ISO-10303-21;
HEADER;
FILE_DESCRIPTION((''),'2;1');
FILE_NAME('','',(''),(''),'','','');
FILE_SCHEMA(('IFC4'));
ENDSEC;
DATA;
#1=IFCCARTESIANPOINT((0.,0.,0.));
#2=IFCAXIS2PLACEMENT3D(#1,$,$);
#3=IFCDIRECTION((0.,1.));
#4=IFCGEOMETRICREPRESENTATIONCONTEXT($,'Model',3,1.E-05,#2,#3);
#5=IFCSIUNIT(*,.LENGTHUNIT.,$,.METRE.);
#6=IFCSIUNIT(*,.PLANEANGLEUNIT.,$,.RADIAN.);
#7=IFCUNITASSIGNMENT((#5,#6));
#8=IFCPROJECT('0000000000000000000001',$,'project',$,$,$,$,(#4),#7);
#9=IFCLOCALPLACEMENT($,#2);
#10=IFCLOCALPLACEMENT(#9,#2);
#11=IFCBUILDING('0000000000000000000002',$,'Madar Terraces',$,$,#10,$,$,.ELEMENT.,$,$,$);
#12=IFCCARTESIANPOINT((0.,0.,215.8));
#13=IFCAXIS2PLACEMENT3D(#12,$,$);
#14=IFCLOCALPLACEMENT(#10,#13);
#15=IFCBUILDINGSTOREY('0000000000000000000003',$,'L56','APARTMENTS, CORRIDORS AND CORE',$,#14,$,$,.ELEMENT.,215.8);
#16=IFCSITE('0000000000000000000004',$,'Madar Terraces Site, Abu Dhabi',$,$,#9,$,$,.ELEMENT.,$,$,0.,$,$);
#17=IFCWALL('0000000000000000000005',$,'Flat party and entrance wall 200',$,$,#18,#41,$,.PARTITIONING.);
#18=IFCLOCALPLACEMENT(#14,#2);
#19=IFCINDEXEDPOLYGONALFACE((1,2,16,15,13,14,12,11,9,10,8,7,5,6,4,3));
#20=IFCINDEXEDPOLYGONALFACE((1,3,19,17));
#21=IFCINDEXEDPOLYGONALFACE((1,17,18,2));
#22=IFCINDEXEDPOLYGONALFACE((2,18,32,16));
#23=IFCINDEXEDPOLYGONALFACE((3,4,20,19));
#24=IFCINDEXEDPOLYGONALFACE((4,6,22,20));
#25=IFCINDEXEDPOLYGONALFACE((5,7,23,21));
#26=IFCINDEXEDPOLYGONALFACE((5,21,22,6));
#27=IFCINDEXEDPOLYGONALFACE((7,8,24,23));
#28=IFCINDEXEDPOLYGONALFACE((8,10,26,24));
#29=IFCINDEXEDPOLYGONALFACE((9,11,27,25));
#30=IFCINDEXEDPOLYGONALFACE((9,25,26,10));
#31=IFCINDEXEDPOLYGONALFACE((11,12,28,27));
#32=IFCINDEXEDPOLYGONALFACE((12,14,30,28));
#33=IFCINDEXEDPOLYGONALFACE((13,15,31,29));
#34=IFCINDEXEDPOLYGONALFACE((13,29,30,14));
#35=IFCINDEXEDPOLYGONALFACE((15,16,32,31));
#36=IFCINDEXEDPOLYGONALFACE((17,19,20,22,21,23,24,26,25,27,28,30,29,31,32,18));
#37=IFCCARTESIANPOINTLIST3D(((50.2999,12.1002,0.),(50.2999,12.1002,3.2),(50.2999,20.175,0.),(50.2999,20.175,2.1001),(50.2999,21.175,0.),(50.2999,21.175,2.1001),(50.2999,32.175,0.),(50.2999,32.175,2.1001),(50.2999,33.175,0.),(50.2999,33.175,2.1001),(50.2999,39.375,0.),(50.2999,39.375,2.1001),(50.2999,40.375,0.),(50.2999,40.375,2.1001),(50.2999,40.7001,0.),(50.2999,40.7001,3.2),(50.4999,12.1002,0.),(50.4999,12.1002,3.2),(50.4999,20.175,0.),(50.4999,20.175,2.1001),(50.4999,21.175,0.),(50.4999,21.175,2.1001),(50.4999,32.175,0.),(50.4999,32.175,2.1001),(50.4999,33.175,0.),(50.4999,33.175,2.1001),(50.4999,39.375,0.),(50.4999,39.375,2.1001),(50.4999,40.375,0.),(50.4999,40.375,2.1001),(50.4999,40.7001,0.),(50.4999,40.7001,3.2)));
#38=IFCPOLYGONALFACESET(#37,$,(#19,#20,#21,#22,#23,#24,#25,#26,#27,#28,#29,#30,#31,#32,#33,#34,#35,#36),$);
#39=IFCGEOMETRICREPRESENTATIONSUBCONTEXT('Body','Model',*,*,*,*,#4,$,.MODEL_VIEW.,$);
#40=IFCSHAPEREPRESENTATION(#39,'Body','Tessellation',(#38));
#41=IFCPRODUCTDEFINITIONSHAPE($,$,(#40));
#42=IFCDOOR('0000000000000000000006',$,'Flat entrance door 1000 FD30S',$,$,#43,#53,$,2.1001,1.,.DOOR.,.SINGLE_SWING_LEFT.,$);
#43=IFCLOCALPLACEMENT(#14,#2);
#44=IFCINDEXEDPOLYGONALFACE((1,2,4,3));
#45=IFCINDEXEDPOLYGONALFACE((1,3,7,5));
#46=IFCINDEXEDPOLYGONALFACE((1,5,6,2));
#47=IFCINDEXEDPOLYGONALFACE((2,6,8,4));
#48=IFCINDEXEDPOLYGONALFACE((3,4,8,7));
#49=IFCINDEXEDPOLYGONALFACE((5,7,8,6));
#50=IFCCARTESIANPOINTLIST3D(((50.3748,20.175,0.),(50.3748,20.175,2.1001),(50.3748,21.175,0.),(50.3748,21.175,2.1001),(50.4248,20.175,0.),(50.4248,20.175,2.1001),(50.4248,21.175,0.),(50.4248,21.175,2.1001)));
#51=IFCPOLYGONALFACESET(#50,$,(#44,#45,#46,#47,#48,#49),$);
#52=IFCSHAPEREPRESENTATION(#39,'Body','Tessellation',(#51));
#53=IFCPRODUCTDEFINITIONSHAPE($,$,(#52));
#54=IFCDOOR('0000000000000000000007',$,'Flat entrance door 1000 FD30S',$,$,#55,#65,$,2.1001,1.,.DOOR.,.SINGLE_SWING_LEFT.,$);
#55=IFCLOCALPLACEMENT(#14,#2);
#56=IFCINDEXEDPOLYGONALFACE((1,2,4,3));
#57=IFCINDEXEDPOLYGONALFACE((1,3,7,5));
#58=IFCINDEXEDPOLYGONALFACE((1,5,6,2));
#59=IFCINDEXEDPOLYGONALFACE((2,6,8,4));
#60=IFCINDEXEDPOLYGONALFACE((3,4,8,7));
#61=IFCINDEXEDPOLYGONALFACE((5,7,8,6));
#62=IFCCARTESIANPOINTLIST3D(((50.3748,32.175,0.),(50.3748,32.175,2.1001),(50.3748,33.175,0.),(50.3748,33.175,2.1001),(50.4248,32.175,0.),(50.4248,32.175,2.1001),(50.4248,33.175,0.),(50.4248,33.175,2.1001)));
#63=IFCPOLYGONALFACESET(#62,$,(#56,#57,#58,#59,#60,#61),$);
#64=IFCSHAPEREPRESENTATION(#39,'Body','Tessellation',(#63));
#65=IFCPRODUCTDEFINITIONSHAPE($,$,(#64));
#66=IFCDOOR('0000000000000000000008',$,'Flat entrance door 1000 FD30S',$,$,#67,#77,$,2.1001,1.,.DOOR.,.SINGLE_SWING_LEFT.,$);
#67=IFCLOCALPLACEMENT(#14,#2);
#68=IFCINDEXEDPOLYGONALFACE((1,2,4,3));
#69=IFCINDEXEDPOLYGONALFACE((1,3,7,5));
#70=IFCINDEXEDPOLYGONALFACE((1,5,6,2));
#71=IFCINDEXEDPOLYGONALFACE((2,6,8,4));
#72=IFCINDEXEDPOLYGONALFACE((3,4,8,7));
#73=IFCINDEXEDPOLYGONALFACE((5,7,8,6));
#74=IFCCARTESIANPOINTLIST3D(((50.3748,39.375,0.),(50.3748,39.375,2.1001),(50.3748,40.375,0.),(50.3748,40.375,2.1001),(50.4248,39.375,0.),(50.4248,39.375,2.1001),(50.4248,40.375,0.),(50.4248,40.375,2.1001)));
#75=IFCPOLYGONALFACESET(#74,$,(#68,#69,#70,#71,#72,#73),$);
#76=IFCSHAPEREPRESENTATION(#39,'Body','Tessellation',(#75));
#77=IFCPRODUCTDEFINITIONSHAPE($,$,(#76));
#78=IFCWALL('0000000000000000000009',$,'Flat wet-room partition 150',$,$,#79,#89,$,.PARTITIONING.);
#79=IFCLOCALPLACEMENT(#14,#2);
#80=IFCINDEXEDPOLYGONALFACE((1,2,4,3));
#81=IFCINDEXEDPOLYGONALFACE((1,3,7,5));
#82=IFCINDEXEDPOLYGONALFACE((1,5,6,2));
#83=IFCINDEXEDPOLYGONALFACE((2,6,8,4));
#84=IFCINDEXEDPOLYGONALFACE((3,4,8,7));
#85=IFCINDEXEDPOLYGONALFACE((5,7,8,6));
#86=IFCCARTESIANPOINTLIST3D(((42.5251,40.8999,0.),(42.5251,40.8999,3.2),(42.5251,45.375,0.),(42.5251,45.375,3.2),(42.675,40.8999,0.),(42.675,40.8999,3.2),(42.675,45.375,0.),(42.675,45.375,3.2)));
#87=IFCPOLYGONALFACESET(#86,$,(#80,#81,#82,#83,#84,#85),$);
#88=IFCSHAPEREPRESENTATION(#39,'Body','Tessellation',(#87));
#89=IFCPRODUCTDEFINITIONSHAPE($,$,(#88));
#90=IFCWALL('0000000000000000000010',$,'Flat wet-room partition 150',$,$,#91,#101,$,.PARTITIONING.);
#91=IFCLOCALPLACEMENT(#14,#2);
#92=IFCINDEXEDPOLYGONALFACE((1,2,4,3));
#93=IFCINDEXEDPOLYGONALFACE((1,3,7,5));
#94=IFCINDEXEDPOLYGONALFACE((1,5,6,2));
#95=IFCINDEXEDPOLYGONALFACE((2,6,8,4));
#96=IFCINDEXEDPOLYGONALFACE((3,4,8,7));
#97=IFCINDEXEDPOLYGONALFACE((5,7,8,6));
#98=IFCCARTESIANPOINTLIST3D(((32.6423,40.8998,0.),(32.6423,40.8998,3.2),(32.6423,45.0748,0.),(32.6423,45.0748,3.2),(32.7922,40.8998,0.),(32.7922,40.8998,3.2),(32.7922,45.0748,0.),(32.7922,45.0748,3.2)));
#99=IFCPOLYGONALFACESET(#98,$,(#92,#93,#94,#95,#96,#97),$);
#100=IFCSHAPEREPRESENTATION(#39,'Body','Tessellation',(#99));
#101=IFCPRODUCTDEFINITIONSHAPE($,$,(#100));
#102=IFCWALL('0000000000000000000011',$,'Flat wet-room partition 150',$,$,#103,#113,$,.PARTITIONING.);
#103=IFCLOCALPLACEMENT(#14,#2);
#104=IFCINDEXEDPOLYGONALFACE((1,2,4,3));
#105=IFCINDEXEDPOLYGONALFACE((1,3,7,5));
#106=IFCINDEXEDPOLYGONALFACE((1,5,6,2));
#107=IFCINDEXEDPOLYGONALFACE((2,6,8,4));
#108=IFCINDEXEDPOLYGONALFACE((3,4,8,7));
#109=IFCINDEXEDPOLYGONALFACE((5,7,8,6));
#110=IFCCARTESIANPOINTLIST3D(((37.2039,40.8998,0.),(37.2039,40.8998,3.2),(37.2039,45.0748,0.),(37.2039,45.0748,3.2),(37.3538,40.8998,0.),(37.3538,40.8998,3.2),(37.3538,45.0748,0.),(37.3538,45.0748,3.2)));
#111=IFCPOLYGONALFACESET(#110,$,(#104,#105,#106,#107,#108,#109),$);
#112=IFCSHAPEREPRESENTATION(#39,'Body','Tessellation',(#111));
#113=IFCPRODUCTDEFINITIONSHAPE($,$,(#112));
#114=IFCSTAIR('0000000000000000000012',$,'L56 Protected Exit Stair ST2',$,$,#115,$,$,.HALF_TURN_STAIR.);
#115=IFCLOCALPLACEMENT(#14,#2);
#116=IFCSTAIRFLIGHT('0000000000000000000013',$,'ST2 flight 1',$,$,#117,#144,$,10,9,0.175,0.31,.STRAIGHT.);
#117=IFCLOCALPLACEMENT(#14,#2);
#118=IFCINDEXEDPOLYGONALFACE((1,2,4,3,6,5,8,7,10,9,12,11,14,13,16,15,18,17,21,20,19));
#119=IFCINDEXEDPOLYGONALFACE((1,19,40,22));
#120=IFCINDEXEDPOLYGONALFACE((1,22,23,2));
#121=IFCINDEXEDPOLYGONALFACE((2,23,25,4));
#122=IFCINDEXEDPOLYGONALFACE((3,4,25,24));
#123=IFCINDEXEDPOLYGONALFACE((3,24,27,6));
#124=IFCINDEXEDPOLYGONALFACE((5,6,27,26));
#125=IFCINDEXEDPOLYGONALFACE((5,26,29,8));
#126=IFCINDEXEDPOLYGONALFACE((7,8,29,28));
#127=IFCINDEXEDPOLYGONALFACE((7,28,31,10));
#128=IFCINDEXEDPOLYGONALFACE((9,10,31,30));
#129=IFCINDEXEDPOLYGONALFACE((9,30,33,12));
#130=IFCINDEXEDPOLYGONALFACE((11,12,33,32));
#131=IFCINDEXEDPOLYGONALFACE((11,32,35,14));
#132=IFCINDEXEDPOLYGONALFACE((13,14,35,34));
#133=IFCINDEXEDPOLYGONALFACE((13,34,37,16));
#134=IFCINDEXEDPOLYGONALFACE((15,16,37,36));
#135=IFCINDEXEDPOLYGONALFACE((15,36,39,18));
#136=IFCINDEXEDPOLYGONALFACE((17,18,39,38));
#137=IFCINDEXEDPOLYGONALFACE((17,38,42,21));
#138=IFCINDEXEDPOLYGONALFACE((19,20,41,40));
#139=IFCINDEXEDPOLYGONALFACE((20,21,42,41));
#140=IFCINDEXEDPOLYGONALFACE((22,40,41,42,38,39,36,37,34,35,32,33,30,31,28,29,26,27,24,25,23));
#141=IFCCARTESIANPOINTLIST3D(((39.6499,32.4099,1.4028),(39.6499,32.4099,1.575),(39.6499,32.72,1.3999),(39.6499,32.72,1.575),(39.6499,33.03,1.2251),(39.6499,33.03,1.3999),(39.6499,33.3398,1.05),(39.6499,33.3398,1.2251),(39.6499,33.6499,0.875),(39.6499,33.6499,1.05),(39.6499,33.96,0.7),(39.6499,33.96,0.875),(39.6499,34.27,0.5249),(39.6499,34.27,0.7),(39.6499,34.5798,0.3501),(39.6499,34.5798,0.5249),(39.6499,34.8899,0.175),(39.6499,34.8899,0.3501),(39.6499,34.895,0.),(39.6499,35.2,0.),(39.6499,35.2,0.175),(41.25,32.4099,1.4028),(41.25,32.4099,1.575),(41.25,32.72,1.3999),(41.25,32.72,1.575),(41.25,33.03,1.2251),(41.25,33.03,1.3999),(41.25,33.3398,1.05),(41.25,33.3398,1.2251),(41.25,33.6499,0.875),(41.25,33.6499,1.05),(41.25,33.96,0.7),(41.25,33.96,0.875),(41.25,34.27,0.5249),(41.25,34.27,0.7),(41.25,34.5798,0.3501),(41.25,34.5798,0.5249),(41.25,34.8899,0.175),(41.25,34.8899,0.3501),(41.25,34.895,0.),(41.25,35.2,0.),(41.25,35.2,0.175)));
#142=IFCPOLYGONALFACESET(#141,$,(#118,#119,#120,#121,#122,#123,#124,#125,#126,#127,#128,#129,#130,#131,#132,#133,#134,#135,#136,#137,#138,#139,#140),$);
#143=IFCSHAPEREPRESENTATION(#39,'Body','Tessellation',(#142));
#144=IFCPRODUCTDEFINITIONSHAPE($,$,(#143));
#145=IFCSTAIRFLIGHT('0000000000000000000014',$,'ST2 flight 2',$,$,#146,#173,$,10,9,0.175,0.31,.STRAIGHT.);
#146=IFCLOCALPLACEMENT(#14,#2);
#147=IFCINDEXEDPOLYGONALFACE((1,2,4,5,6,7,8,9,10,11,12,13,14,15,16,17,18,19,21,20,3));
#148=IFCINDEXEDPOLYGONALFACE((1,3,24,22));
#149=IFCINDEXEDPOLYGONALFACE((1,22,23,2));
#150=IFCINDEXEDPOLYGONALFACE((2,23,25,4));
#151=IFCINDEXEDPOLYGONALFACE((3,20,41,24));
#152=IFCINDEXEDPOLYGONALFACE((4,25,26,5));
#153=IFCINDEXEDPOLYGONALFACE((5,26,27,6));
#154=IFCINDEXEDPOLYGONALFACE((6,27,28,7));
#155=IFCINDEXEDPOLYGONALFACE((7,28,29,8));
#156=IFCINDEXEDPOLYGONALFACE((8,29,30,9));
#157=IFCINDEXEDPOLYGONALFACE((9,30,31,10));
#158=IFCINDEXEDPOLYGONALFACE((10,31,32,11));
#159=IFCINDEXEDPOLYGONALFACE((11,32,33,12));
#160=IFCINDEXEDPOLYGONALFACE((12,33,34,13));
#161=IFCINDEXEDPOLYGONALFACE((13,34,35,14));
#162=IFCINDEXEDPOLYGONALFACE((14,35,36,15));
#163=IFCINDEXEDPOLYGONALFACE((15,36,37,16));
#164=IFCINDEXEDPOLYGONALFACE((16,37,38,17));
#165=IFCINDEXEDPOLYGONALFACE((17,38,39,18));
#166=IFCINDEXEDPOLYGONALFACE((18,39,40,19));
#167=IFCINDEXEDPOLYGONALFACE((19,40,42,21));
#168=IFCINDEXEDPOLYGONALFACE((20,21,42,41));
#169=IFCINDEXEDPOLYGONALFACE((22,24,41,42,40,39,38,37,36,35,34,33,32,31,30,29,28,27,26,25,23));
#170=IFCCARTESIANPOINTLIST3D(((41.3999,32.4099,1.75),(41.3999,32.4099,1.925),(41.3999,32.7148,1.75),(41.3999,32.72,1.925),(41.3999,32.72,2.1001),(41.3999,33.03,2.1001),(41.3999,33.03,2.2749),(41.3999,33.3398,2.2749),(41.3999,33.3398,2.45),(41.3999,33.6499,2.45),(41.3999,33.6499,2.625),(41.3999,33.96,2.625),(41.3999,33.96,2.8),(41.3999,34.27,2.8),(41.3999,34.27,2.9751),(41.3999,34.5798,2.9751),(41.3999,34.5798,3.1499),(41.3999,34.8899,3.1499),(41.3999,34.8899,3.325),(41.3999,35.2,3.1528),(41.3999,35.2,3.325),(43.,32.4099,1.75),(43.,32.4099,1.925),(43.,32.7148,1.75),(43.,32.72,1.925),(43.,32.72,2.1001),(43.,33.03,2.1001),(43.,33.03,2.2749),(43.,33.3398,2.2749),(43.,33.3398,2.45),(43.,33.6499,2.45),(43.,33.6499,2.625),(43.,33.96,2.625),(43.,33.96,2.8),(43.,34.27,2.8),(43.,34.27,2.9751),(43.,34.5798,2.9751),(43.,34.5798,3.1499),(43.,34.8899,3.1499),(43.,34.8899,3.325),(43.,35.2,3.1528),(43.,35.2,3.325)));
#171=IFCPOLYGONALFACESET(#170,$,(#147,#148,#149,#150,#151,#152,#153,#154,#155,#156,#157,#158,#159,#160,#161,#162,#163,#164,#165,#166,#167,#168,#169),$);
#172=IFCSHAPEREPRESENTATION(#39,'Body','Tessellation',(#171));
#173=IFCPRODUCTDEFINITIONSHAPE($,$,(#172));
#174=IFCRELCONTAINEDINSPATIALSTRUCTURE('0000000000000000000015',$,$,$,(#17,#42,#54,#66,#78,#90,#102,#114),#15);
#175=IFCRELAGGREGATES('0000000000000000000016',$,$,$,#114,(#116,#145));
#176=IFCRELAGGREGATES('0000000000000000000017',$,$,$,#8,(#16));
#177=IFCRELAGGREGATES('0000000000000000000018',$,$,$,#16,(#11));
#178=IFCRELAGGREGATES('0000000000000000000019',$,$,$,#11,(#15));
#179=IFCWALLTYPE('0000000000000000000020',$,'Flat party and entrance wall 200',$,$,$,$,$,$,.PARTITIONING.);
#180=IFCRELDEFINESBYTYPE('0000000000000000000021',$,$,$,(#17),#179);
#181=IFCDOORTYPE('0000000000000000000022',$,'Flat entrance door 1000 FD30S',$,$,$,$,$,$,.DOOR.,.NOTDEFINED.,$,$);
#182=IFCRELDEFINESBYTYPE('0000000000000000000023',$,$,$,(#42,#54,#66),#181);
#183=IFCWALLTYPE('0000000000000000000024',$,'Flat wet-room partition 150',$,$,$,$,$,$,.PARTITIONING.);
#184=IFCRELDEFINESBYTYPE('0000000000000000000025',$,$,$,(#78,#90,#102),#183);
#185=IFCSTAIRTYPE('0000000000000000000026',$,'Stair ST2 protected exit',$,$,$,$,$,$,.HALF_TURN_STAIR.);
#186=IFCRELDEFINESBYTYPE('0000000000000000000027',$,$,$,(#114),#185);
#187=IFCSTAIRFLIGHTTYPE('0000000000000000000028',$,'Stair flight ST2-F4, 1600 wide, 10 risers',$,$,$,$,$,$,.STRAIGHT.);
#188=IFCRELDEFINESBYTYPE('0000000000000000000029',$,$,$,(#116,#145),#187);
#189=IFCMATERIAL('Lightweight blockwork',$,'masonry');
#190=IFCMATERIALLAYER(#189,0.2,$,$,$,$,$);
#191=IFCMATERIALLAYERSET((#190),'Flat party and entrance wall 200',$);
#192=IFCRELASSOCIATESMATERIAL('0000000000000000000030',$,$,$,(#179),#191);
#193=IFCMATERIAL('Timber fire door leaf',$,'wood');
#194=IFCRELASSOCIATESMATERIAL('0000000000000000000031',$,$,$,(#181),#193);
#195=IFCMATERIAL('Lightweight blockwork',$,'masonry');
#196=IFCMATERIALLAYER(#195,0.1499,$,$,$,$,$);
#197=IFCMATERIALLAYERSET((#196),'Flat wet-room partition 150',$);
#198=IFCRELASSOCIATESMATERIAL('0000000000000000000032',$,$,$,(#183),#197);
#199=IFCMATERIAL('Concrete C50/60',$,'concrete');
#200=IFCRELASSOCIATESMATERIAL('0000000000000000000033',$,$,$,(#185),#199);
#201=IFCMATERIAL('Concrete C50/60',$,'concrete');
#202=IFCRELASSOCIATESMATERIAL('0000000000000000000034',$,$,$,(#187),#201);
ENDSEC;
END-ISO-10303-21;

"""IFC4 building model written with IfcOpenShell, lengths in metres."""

from ifc_helpers import new_model, si_unit, direction, frame, frame_2d, origin, place, context, subcontext, project, spatial, polyline, rectangle, outline, extrude, material, layer, layer_set, type_object, element, fill, aggregate, save


model = new_model("IFC4")

# Units and contexts
model_context = context("Model", 3, precision=1e-05, world=origin(), true_north=direction((0.0, 1.0)))
body_context = subcontext(model_context, "Body", "Model", "MODEL_VIEW")
ifc_project = project(units=[si_unit("LENGTHUNIT", "METRE"), si_unit("PLANEANGLEUNIT", "RADIAN")], contexts=[model_context])

# Site, building, storey
site_placement = place(None, origin())
site = spatial("IfcSite", under=ifc_project, at=site_placement, Name="Madar Terraces Site, Abu Dhabi", CompositionType="ELEMENT", RefElevation=0.0)
building_placement = place(site_placement, origin())
building = spatial("IfcBuilding", under=site, at=building_placement, Name="Madar Terraces", CompositionType="ELEMENT")
storey_placement = place(building_placement, frame((0.0, 0.0, 215.8)))
storey = spatial("IfcBuildingStorey", under=building, at=storey_placement, Name="L56", Description="APARTMENTS, CORRIDORS AND CORE", CompositionType="ELEMENT", Elevation=215.8)

# Wall, openings, doors
ifc_material_1 = material(Name="Lightweight blockwork", Category="masonry")
ifc_layer_1 = layer(ifc_material_1, 0.2)
ifc_layer_set_1 = layer_set([ifc_layer_1], Name="Flat party and entrance wall 200")
wall_type_1 = type_object("IfcWallType", Name="Flat party and entrance wall 200", PredefinedType="PARTITIONING", material=ifc_layer_set_1)
wall_1_placement = place(storey_placement, frame((50.3999, 40.7, 0.0), z_axis=(0.0, 0.0, 1.0), x_axis=(0.0, -1.0, 0.0)))
wall_1 = element("IfcWall", 1, at=wall_1_placement, inside=storey, type_object=wall_type_1, Name="Flat party and entrance wall 200", PredefinedType="PARTITIONING", context=body_context, shape_type="SweptSolid", body=[
    extrude(rectangle(XDim=28.5999, YDim=0.2, at=frame_2d((14.2998, 0.0))), origin(), (0.0, 0.0, 1.0), 3.2),
])
opening_1_placement = place(wall_1_placement, frame((19.5249, 0.0, 0.0)))
opening_1 = element("IfcOpeningElement", 2, at=opening_1_placement, cuts=wall_1, PredefinedType="OPENING", context=body_context, shape_type="SweptSolid", body=[
    extrude(rectangle(XDim=1.0, YDim=2.1001, at=frame_2d((0.5, 1.05))), frame((0.0, 0.1099, 0.0), z_axis=(0.0, -1.0, 0.0), x_axis=(1.0, 0.0, 0.0)), (0.0, 0.0, 1.0), 0.22),
])
opening_2_placement = place(wall_1_placement, frame((7.5249, 0.0, 0.0)))
opening_2 = element("IfcOpeningElement", 3, at=opening_2_placement, cuts=wall_1, PredefinedType="OPENING", context=body_context, shape_type="SweptSolid", body=[
    extrude(rectangle(XDim=1.0, YDim=2.1001, at=frame_2d((0.5, 1.05))), frame((0.0, 0.1099, 0.0), z_axis=(0.0, -1.0, 0.0), x_axis=(1.0, 0.0, 0.0)), (0.0, 0.0, 1.0), 0.22),
])
opening_3_placement = place(wall_1_placement, frame((0.325, 0.0, 0.0)))
opening_3 = element("IfcOpeningElement", 4, at=opening_3_placement, cuts=wall_1, PredefinedType="OPENING", context=body_context, shape_type="SweptSolid", body=[
    extrude(rectangle(XDim=1.0, YDim=2.1001, at=frame_2d((0.5, 1.05))), frame((0.0, 0.1099, 0.0), z_axis=(0.0, -1.0, 0.0), x_axis=(1.0, 0.0, 0.0)), (0.0, 0.0, 1.0), 0.22),
])
ifc_material_2 = material(Name="Timber fire door leaf", Category="wood")
door_type_1 = type_object("IfcDoorType", Name="Flat entrance door 1000 FD30S", OperationType="NOTDEFINED", PredefinedType="DOOR", material=ifc_material_2)
door_1_placement = place(opening_1_placement, origin())
door_1 = element("IfcDoor", 5, at=door_1_placement, inside=storey, type_object=door_type_1, Name="Flat entrance door 1000 FD30S", OperationType="SINGLE_SWING_LEFT", OverallHeight=2.1001, OverallWidth=1.0, PredefinedType="DOOR", context=body_context, shape_type="SweptSolid", body=[
    extrude(rectangle(XDim=1.0, YDim=2.1001, at=frame_2d((0.5, 1.05))), frame((0.0, 0.0249, 0.0), z_axis=(0.0, -1.0, 0.0), x_axis=(1.0, 0.0, 0.0)), (0.0, 0.0, 1.0), 0.05),
])
fill(opening_1, door_1)
door_2_placement = place(opening_2_placement, origin())
door_2 = element("IfcDoor", 6, at=door_2_placement, inside=storey, type_object=door_type_1, Name="Flat entrance door 1000 FD30S", OperationType="SINGLE_SWING_LEFT", OverallHeight=2.1001, OverallWidth=1.0, PredefinedType="DOOR", context=body_context, shape_type="SweptSolid", body=[
    extrude(rectangle(XDim=1.0, YDim=2.1001, at=frame_2d((0.5, 1.05))), frame((0.0, 0.0249, 0.0), z_axis=(0.0, -1.0, 0.0), x_axis=(1.0, 0.0, 0.0)), (0.0, 0.0, 1.0), 0.05),
])
fill(opening_2, door_2)
door_3_placement = place(opening_3_placement, origin())
door_3 = element("IfcDoor", 7, at=door_3_placement, inside=storey, type_object=door_type_1, Name="Flat entrance door 1000 FD30S", OperationType="SINGLE_SWING_LEFT", OverallHeight=2.1001, OverallWidth=1.0, PredefinedType="DOOR", context=body_context, shape_type="SweptSolid", body=[
    extrude(rectangle(XDim=1.0, YDim=2.1001, at=frame_2d((0.5, 1.05))), frame((0.0, 0.0249, 0.0), z_axis=(0.0, -1.0, 0.0), x_axis=(1.0, 0.0, 0.0)), (0.0, 0.0, 1.0), 0.05),
])
fill(opening_3, door_3)

# Walls
ifc_material_3 = material(Name="Lightweight blockwork", Category="masonry")
ifc_layer_2 = layer(ifc_material_3, 0.1499)
ifc_layer_set_2 = layer_set([ifc_layer_2], Name="Flat wet-room partition 150")
wall_type_2 = type_object("IfcWallType", Name="Flat wet-room partition 150", PredefinedType="PARTITIONING", material=ifc_layer_set_2)
wall_2_placement = place(storey_placement, frame((42.6001, 40.8999, 0.0), z_axis=(0.0, 0.0, 1.0), x_axis=(0.0, 1.0, 0.0)))
element("IfcWall", 8, at=wall_2_placement, inside=storey, type_object=wall_type_2, Name="Flat wet-room partition 150", PredefinedType="PARTITIONING", context=body_context, shape_type="SweptSolid", body=[
    extrude(rectangle(XDim=4.4751, YDim=0.1499, at=frame_2d((2.2375, 0.0))), origin(), (0.0, 0.0, 1.0), 3.2),
])
for number, where, z_axis, x_axis, name in (
    (9, (32.7173, 40.8999, 0.0), (0.0, 0.0, 1.0), (0.0, 1.0, 0.0), "Flat wet-room partition 150"),
    (10, (37.2788, 40.8999, 0.0), (0.0, 0.0, 1.0), (0.0, 1.0, 0.0), "Flat wet-room partition 150"),
):
    element("IfcWall", number, at=place(storey_placement, frame(where, z_axis=z_axis, x_axis=x_axis)), inside=storey, type_object=wall_type_2, Name=name, PredefinedType="PARTITIONING", context=body_context, shape_type="SweptSolid", body=[
        extrude(rectangle(XDim=4.175, YDim=0.1499, at=frame_2d((2.0874, 0.0))), origin(), (0.0, 0.0, 1.0), 3.2),
    ])

# Stair, stair flights
ifc_material_4 = material(Name="Concrete C50/60", Category="concrete")
stair_type = type_object("IfcStairType", Name="Stair ST2 protected exit", PredefinedType="HALF_TURN_STAIR", material=ifc_material_4)
stair_placement = place(storey_placement, origin())
stair = element("IfcStair", 11, at=stair_placement, inside=storey, type_object=stair_type, Name="L56 Protected Exit Stair ST2", PredefinedType="HALF_TURN_STAIR")
ifc_material_5 = material(Name="Concrete C50/60", Category="concrete")
stair_flight_type = type_object("IfcStairFlightType", Name="Stair flight ST2-F4, 1600 wide, 10 risers", PredefinedType="STRAIGHT", material=ifc_material_5)
stair_flight_1_placement = place(storey_placement, frame((40.45, 35.2, 0.0), z_axis=(0.0, 0.0, 1.0), x_axis=(0.0, -1.0, 0.0)))
stair_flight_1 = element("IfcStairFlight", 12, at=stair_flight_1_placement, type_object=stair_flight_type, Name="ST2 flight 1", NumberOfRisers=10, NumberOfTreads=9, PredefinedType="STRAIGHT", RiserHeight=0.175, TreadLength=0.31, context=body_context, shape_type="SweptSolid", body=[
    extrude(outline(polyline([(0.0, 0.0), (0.0, 0.175), (0.3101, 0.175), (0.3101, 0.3501), (0.6201, 0.3501), (0.6201, 0.5249), (0.9299, 0.5249), (0.9299, 0.7), (1.24, 0.7), (1.24, 0.875), (1.55, 0.875), (1.55, 1.05), (1.8601, 1.05), (1.8601, 1.2251), (2.1699, 1.2251), (2.1699, 1.3999), (2.48, 1.3999), (2.48, 1.575), (2.79, 1.575), (2.79, 1.75), (2.79, 1.4028), (0.3049, 0.0), (0.0, 0.0)])), frame((0.0, 0.8, 0.0), z_axis=(0.0, -1.0, 0.0), x_axis=(1.0, 0.0, 0.0)), (0.0, 0.0, 1.0), 1.6001),
])
stair_flight_2_placement = place(storey_placement, frame((42.2, 32.4099, 1.75), z_axis=(0.0, 0.0, 1.0), x_axis=(0.0, 1.0, 0.0)))
stair_flight_2 = element("IfcStairFlight", 13, at=stair_flight_2_placement, type_object=stair_flight_type, Name="ST2 flight 2", NumberOfRisers=10, NumberOfTreads=9, PredefinedType="STRAIGHT", RiserHeight=0.175, TreadLength=0.31, context=body_context, shape_type="SweptSolid", body=[
    extrude(outline(polyline([(0.0, 0.0), (0.0, 0.175), (0.3101, 0.175), (0.3101, 0.3501), (0.6201, 0.3501), (0.6201, 0.5249), (0.9299, 0.5249), (0.9299, 0.7), (1.24, 0.7), (1.24, 0.875), (1.55, 0.875), (1.55, 1.05), (1.8601, 1.05), (1.8601, 1.2251), (2.1699, 1.2251), (2.1699, 1.3999), (2.48, 1.3999), (2.48, 1.575), (2.79, 1.575), (2.79, 1.75), (2.79, 1.4028), (0.3049, 0.0), (0.0, 0.0)])), frame((0.0, 0.8, 0.0), z_axis=(0.0, -1.0, 0.0), x_axis=(1.0, 0.0, 0.0)), (0.0, 0.0, 1.0), 1.6001),
])
aggregate(stair, [stair_flight_1, stair_flight_2])

save(model, "model.ifc")
